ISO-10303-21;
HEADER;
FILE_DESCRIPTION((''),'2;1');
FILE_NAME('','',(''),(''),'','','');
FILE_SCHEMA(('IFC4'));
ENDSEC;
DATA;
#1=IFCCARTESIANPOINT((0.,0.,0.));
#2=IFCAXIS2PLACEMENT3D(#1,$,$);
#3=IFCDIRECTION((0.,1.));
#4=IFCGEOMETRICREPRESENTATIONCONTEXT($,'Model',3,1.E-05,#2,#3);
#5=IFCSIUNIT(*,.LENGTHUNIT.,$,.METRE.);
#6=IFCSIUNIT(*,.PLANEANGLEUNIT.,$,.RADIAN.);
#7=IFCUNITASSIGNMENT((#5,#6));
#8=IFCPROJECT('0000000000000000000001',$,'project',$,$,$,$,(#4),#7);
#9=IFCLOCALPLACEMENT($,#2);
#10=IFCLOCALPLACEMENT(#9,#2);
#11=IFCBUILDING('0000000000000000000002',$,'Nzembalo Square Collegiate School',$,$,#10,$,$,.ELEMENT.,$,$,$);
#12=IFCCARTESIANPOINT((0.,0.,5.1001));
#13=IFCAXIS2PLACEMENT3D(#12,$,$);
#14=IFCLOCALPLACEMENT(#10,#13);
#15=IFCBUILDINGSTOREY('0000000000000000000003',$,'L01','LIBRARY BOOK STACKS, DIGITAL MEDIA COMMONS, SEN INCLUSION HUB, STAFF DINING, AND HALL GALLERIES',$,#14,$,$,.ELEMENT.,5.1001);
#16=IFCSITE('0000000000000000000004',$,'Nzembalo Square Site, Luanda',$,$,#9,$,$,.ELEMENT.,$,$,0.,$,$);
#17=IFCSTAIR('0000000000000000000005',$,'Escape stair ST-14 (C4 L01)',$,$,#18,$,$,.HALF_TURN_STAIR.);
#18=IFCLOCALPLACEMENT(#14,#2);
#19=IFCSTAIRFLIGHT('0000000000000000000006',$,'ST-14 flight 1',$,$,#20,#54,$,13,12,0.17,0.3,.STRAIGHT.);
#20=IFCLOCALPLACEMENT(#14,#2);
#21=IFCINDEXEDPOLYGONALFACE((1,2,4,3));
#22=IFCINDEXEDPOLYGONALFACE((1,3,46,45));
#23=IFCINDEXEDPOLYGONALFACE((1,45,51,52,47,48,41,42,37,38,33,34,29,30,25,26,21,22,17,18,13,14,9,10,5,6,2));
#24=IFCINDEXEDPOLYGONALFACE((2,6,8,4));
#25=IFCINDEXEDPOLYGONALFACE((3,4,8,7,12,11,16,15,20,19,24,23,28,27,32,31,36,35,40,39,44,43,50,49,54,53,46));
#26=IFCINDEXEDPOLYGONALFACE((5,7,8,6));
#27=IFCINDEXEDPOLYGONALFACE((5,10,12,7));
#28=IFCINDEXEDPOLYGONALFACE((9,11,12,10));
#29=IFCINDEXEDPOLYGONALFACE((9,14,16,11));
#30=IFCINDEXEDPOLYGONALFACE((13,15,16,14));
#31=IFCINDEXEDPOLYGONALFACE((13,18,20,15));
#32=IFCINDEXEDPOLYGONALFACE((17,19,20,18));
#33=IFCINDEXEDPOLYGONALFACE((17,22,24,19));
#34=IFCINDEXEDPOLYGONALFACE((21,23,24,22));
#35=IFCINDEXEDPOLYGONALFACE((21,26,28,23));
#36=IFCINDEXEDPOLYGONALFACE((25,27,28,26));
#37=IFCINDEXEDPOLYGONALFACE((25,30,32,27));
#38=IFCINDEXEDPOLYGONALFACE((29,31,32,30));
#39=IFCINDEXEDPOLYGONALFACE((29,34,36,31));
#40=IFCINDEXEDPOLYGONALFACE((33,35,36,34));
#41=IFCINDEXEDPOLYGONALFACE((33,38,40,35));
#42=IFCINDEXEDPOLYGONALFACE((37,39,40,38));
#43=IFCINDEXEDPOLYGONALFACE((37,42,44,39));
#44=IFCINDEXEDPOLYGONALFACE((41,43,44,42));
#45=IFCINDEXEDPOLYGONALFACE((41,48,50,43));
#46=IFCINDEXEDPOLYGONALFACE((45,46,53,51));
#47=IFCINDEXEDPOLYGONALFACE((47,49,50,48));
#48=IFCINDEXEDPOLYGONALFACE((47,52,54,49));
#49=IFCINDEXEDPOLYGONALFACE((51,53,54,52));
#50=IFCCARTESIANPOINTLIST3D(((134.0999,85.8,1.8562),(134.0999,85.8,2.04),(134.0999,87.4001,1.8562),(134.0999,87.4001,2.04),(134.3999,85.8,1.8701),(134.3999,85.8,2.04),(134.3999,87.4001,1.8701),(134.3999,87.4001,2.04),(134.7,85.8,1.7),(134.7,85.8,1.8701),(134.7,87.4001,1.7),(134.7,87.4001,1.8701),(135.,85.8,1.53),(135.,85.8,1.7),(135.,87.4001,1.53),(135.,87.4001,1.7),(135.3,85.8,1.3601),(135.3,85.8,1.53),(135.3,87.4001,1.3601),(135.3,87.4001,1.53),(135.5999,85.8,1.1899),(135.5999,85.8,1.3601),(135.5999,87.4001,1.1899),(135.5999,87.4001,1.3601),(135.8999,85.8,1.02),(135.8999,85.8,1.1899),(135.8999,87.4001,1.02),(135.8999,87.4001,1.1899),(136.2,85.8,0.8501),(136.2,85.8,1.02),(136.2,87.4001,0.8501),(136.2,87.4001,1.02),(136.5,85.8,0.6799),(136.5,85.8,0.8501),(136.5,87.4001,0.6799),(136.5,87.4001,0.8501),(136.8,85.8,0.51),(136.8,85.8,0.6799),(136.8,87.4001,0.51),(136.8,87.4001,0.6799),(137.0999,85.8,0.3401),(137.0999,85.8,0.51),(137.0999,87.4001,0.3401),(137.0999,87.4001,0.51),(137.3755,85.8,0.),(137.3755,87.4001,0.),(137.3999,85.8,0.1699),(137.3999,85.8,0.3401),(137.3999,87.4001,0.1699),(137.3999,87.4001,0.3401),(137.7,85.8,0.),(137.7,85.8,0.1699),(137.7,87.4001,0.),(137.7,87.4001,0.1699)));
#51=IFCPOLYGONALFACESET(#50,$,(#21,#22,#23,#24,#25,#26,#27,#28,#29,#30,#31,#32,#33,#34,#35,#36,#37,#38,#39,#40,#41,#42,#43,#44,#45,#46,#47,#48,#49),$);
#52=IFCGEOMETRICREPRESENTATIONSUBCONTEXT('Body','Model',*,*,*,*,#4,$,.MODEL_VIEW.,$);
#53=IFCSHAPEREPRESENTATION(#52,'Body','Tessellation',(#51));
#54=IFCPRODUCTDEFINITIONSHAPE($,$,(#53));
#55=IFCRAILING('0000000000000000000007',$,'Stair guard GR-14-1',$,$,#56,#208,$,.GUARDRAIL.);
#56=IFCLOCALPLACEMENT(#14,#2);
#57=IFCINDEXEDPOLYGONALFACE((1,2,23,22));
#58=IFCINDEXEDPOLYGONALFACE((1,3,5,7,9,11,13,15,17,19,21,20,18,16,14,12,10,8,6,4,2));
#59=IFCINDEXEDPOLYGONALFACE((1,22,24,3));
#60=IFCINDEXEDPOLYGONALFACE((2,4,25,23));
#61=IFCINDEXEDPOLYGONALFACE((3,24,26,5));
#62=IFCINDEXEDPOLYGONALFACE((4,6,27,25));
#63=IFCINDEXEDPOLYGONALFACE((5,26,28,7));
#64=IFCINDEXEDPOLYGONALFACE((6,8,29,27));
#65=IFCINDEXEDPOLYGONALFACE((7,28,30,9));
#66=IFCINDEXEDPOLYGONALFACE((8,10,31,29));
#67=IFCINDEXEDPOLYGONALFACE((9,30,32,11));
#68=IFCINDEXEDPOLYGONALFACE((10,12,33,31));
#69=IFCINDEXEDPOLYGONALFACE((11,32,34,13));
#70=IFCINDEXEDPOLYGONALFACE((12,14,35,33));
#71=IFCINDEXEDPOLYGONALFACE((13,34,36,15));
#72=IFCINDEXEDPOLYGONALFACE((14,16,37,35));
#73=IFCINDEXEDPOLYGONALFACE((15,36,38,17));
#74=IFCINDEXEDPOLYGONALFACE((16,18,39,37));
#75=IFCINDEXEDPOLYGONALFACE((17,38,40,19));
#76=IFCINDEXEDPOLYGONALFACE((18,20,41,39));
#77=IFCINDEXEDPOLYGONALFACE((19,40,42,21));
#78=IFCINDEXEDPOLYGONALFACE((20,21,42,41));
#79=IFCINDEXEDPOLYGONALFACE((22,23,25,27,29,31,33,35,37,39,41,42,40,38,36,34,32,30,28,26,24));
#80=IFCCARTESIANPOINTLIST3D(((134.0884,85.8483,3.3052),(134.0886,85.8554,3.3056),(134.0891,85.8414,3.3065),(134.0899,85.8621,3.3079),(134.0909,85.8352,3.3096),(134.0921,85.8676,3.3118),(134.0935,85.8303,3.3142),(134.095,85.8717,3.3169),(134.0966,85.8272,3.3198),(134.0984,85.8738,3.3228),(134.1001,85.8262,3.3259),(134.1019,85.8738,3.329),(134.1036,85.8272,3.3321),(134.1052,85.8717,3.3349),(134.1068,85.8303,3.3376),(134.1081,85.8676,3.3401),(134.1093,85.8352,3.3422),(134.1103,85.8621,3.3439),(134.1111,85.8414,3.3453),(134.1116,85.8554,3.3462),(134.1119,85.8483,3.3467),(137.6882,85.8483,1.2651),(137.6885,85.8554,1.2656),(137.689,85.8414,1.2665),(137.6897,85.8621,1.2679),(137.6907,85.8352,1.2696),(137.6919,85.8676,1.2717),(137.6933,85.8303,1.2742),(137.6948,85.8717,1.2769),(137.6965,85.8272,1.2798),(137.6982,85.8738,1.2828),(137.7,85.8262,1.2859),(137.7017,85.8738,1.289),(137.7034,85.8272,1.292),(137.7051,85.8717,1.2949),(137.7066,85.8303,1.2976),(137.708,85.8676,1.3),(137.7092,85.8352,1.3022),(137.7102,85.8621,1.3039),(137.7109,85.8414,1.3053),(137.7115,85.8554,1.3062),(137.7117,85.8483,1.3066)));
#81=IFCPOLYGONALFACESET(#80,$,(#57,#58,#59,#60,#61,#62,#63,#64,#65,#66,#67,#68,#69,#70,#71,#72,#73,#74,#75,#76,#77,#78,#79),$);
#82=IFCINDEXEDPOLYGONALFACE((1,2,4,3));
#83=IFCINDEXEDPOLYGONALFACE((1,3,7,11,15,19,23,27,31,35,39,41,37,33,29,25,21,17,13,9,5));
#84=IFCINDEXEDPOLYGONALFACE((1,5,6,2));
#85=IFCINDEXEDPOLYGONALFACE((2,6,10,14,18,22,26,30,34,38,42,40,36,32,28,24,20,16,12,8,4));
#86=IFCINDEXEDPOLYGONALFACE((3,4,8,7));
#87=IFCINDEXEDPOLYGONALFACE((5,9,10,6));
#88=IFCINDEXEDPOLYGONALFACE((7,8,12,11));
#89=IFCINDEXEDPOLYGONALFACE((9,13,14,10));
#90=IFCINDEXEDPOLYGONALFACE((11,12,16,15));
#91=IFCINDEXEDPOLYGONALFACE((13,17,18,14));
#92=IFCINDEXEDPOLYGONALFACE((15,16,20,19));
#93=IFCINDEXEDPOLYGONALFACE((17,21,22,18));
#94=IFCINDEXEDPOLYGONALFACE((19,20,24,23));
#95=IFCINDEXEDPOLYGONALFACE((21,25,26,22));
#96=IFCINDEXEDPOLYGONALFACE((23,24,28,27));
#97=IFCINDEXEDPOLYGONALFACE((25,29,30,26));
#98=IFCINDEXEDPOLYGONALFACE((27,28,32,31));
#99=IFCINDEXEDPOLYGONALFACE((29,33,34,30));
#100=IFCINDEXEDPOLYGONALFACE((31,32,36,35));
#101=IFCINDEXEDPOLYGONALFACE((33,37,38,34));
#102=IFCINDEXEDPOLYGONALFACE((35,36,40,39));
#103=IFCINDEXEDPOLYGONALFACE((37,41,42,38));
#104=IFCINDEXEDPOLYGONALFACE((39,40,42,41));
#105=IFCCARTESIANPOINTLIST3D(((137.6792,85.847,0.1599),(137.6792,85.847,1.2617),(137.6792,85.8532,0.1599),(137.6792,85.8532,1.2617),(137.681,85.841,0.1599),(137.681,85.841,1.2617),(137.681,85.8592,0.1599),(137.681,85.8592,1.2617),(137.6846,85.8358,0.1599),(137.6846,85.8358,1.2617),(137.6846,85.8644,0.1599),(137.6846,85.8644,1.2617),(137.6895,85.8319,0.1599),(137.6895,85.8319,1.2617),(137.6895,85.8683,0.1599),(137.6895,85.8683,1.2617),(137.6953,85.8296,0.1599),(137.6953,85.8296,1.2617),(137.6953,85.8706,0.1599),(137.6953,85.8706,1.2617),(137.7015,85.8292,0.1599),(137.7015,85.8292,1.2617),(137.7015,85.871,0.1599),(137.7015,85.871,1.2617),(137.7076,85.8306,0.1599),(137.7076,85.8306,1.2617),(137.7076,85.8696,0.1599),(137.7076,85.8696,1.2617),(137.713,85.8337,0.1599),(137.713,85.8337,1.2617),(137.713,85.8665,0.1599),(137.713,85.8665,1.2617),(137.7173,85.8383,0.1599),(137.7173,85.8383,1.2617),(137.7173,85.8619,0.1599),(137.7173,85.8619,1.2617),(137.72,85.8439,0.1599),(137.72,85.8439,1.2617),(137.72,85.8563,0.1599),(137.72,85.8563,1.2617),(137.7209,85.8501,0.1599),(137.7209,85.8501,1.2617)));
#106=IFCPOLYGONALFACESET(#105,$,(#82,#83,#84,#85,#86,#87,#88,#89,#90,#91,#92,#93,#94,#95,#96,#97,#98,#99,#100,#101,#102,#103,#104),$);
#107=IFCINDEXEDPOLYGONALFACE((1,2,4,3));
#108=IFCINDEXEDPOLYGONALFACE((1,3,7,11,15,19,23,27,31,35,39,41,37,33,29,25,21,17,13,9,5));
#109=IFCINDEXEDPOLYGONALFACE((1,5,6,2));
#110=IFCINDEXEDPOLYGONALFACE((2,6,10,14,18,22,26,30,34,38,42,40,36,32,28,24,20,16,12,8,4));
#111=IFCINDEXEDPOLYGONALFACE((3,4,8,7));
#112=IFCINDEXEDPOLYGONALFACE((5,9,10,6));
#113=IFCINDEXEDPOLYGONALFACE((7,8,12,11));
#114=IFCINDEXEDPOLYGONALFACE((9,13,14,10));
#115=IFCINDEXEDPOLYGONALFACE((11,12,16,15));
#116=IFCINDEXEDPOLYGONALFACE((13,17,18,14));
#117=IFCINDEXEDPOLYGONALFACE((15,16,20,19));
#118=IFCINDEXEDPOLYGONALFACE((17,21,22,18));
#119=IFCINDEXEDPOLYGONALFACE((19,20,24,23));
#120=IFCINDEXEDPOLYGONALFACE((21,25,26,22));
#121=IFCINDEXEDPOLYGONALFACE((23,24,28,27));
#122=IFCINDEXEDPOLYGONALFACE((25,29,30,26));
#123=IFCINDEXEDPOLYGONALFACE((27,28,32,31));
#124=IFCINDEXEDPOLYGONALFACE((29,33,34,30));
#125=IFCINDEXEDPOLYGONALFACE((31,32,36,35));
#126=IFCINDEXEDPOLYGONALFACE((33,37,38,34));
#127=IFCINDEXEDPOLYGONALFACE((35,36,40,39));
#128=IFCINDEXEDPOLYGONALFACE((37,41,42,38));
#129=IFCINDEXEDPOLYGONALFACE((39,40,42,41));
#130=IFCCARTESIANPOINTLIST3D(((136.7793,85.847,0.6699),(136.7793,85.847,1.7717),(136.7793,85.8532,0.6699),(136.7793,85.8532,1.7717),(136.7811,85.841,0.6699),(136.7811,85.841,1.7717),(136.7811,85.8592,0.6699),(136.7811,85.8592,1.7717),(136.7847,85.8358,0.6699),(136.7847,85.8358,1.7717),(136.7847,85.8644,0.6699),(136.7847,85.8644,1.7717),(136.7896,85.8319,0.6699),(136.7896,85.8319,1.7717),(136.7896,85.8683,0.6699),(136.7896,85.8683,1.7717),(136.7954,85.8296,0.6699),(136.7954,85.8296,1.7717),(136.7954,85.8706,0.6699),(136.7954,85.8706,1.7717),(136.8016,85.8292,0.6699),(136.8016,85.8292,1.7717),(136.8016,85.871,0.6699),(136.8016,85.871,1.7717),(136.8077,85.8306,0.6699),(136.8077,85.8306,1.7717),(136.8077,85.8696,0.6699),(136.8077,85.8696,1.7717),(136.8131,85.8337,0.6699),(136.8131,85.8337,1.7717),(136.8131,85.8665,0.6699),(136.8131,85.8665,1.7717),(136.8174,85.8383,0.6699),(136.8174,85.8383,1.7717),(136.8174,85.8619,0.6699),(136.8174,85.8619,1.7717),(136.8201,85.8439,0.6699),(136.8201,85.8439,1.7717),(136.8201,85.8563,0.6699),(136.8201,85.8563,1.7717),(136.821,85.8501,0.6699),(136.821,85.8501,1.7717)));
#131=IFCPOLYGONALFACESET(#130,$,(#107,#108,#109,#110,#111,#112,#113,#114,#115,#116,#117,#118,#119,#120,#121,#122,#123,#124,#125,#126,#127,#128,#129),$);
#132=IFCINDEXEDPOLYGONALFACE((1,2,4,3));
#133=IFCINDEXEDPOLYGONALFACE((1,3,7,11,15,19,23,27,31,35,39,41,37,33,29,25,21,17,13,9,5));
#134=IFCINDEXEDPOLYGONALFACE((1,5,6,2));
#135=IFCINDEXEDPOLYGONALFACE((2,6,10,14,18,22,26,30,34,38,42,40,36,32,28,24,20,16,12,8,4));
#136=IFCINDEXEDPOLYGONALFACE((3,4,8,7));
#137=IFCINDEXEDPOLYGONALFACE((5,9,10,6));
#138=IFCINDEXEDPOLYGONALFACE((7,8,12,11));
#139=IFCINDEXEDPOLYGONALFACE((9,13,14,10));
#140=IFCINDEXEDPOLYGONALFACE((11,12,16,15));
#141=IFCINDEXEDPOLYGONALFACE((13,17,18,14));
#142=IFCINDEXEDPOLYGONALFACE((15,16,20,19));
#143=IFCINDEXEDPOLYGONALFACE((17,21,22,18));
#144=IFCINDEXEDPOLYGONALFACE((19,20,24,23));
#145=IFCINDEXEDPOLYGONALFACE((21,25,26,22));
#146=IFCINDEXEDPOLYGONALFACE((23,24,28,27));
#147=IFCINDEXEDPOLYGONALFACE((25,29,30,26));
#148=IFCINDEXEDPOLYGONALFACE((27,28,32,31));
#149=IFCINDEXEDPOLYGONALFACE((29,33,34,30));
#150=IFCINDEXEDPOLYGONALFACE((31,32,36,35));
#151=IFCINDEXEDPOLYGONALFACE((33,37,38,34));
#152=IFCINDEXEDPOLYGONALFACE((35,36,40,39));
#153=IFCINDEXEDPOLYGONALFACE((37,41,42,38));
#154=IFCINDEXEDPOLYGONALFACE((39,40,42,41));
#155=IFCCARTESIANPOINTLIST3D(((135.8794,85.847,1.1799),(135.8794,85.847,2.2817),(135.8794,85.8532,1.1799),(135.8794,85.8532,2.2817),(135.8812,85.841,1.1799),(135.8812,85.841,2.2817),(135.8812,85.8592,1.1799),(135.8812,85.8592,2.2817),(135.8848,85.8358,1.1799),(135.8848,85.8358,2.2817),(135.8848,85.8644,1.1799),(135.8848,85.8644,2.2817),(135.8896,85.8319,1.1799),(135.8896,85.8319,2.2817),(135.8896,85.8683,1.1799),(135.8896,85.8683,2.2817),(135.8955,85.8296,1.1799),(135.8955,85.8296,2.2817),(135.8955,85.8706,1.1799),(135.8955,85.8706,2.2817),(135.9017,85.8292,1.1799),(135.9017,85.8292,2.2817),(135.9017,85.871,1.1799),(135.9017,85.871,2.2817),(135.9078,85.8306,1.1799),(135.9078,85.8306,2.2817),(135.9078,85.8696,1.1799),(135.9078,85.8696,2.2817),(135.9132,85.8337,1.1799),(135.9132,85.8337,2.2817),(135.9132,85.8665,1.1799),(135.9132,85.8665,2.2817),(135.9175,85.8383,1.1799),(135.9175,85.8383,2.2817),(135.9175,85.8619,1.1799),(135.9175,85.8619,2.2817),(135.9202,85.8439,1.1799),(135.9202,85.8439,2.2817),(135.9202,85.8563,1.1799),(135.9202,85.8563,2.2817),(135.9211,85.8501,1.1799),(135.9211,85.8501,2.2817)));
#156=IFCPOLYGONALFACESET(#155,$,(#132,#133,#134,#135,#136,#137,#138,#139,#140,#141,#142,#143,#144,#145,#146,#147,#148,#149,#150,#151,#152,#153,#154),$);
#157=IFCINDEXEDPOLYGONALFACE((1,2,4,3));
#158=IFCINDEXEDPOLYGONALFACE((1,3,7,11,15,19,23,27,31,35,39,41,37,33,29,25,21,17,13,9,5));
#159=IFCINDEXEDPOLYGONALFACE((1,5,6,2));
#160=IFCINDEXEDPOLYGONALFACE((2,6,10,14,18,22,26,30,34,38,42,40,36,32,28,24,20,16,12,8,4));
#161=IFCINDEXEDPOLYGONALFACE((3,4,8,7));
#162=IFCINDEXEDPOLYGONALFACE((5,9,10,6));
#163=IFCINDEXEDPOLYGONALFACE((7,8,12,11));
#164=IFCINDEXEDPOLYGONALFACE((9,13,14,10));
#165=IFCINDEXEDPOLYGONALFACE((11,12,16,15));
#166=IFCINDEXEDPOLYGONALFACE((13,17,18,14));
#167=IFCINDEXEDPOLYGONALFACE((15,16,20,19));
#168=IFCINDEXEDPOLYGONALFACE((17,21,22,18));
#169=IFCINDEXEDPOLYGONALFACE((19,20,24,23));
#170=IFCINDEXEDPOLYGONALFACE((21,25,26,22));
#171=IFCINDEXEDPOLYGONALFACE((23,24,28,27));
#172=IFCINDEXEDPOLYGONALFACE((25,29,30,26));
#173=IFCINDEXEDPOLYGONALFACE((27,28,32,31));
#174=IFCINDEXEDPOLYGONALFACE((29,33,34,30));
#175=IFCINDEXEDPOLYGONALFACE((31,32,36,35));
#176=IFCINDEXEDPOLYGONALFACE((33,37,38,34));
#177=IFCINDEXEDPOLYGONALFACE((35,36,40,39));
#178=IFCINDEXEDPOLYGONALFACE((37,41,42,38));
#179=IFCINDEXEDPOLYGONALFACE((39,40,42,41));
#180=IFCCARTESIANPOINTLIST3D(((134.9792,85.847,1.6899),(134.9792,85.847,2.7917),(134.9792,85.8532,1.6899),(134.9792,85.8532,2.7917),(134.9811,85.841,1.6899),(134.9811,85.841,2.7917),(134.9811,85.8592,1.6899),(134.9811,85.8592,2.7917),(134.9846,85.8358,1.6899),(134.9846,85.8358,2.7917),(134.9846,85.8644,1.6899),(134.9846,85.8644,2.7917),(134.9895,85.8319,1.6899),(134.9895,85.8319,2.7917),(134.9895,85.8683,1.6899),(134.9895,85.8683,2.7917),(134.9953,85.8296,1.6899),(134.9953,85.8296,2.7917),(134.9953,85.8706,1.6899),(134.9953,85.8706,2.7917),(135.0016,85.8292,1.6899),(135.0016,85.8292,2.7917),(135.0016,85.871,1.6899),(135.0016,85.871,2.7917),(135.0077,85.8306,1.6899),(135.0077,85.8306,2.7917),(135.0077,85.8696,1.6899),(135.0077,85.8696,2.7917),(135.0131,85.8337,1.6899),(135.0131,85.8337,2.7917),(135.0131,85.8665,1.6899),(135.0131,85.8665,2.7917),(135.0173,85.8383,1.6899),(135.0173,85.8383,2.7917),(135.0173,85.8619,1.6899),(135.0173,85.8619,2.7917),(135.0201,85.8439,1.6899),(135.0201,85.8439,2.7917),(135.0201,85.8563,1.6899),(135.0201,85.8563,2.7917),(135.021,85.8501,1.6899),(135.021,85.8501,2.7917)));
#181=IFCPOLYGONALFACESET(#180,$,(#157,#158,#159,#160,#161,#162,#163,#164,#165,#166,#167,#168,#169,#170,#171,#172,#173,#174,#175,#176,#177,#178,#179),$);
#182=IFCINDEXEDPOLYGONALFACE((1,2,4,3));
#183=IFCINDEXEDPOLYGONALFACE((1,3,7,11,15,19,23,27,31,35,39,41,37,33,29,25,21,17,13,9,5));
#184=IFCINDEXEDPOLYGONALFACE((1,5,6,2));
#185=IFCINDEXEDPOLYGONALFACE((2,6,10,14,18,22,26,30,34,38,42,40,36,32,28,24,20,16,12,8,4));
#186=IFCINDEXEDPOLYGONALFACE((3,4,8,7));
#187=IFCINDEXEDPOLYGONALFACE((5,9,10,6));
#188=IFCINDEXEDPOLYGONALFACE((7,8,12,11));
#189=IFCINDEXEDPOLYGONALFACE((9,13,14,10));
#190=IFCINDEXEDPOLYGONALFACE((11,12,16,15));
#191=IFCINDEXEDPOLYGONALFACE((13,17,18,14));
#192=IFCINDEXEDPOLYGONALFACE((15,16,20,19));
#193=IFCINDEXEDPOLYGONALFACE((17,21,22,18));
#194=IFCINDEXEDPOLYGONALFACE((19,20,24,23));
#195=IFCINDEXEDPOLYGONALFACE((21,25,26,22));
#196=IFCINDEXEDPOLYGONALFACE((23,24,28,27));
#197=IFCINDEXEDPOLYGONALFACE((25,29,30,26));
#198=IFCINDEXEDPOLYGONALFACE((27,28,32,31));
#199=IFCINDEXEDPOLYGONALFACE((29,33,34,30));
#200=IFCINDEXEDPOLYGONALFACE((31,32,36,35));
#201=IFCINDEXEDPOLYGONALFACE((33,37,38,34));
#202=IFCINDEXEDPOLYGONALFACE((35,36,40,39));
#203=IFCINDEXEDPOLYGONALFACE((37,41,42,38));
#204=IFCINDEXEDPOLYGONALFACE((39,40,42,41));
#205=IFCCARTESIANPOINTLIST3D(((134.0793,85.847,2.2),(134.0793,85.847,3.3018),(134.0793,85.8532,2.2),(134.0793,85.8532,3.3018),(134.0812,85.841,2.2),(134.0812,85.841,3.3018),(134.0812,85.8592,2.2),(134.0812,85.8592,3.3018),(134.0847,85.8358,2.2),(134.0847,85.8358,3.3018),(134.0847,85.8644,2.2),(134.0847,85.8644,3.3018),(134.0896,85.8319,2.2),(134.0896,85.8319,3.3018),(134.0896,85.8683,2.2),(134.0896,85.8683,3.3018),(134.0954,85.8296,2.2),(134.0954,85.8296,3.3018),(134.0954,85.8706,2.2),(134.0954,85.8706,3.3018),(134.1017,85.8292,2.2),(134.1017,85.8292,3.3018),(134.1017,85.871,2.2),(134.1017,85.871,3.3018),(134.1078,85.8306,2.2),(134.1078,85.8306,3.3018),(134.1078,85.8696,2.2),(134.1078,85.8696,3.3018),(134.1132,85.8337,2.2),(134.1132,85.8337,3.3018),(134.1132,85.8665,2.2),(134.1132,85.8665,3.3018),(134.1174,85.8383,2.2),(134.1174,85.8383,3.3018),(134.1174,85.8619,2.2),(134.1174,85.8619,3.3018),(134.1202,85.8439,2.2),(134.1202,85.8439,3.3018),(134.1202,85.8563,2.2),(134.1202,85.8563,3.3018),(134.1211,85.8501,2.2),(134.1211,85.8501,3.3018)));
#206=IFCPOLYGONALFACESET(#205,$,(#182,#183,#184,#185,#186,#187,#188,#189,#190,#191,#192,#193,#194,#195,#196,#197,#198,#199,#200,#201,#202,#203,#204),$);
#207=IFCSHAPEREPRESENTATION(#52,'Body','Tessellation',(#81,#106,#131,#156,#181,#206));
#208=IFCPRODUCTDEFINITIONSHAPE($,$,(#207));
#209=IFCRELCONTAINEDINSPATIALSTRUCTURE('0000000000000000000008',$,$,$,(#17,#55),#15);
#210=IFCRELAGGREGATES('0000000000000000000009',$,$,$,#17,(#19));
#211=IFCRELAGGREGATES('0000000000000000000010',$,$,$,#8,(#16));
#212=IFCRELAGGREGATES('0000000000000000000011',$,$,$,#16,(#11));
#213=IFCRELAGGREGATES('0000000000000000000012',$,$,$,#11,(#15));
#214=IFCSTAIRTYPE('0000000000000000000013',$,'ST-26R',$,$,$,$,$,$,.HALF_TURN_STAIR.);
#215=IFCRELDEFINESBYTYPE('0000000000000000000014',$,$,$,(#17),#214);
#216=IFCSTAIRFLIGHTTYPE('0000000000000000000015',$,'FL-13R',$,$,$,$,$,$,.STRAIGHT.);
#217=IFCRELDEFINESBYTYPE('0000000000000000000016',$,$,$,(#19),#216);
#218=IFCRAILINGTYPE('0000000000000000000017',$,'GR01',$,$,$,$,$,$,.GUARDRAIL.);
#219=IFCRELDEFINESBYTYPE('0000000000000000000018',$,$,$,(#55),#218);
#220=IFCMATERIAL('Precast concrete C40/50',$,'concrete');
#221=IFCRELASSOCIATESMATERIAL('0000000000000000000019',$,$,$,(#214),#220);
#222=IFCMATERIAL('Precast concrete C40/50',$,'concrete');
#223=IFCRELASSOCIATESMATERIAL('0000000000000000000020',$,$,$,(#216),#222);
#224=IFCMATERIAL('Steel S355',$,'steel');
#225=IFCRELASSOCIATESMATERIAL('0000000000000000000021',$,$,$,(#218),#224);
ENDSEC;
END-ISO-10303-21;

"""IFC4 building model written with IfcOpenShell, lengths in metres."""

from ifc_helpers import new_model, si_unit, direction, frame, origin, origin_2d, place, context, subcontext, project, spatial, polyline, circle, outline, extrude, material, type_object, element, aggregate, save


model = new_model("IFC4")

# Units and contexts
model_context = context("Model", 3, precision=1e-05, world=origin(), true_north=direction((0.0, 1.0)))
body_context = subcontext(model_context, "Body", "Model", "MODEL_VIEW")
ifc_project = project(units=[si_unit("LENGTHUNIT", "METRE"), si_unit("PLANEANGLEUNIT", "RADIAN")], contexts=[model_context])

# Site, building, storey
site_placement = place(None, origin())
site = spatial("IfcSite", under=ifc_project, at=site_placement, Name="Nzembalo Square Site, Luanda", CompositionType="ELEMENT", RefElevation=0.0)
building_placement = place(site_placement, origin())
building = spatial("IfcBuilding", under=site, at=building_placement, Name="Nzembalo Square Collegiate School", CompositionType="ELEMENT")
storey_placement = place(building_placement, frame((0.0, 0.0, 5.1001)))
storey = spatial("IfcBuildingStorey", under=building, at=storey_placement, Name="L01", Description="LIBRARY BOOK STACKS, DIGITAL MEDIA COMMONS, SEN INCLUSION HUB, STAFF DINING, AND HALL GALLERIES", CompositionType="ELEMENT", Elevation=5.1001)

# Stair, stair flight
ifc_material_1 = material(Name="Precast concrete C40/50", Category="concrete")
stair_type = type_object("IfcStairType", Name="ST-26R", PredefinedType="HALF_TURN_STAIR", material=ifc_material_1)
stair_placement = place(storey_placement, origin())
stair = element("IfcStair", 1, at=stair_placement, inside=storey, type_object=stair_type, Name="Escape stair ST-14 (C4 L01)", PredefinedType="HALF_TURN_STAIR")
ifc_material_2 = material(Name="Precast concrete C40/50", Category="concrete")
stair_flight_type = type_object("IfcStairFlightType", Name="FL-13R", PredefinedType="STRAIGHT", material=ifc_material_2)
stair_flight_placement = place(storey_placement, frame((137.7, 86.6001, 0.0), z_axis=(0.0, 0.0, 1.0), x_axis=(-1.0, 0.0, 0.0)))
stair_flight = element("IfcStairFlight", 2, at=stair_flight_placement, type_object=stair_flight_type, Name="ST-14 flight 1", NumberOfRisers=13, NumberOfTreads=12, PredefinedType="STRAIGHT", RiserHeight=0.17, TreadLength=0.3, context=body_context, shape_type="SweptSolid", body=[
    extrude(outline(polyline([(0.0, 0.0), (0.0, 0.1699), (0.3, 0.1699), (0.3, 0.3401), (0.6001, 0.3401), (0.6001, 0.51), (0.8999, 0.51), (0.8999, 0.6799), (1.2, 0.6799), (1.2, 0.8501), (1.5, 0.8501), (1.5, 1.02), (1.8, 1.02), (1.8, 1.1899), (2.1001, 1.1899), (2.1001, 1.3601), (2.3999, 1.3601), (2.3999, 1.53), (2.7, 1.53), (2.7, 1.7), (3.0, 1.7), (3.0, 1.8701), (3.3, 1.8701), (3.3, 2.04), (3.6001, 2.04), (3.6001, 2.21), (3.6001, 1.8562), (0.3245, 0.0), (0.0, 0.0)])), frame((0.0, 0.8, 0.0), z_axis=(0.0, -1.0, 0.0), x_axis=(1.0, 0.0, 0.0)), (0.0, 0.0, 1.0), 1.6001),
])
aggregate(stair, [stair_flight])

# Railing
ifc_material_3 = material(Name="Steel S355", Category="steel")
railing_type_1 = type_object("IfcRailingType", Name="GR01", PredefinedType="GUARDRAIL", material=ifc_material_3)
railing_1_placement = place(storey_placement, frame((137.7, 85.8501, 0.1599)))
element("IfcRailing", 3, at=railing_1_placement, inside=storey, type_object=railing_type_1, Name="Stair guard GR-14-1", PredefinedType="GUARDRAIL", context=body_context, shape_type="SweptSolid", body=[
    extrude(circle(Radius=0.0239, at=origin_2d()), frame((0.0, 0.0, 1.126), z_axis=(-0.87001, 0.0, 0.493035), x_axis=(0.0, -1.0, 0.0)), (0.0, 0.0, 1.0), 4.1377),
    extrude(circle(Radius=0.021, at=origin_2d()), origin(), (0.0, 0.0, 1.0), 1.1018),
    extrude(circle(Radius=0.021, at=origin_2d()), frame((-0.8999, 0.0, 0.51)), (0.0, 0.0, 1.0), 1.1018),
    extrude(circle(Radius=0.021, at=origin_2d()), frame((-1.7998, 0.0, 1.02)), (0.0, 0.0, 1.0), 1.1018),
    extrude(circle(Radius=0.021, at=origin_2d()), frame((-2.7, 0.0, 1.53)), (0.0, 0.0, 1.0), 1.1018),
    extrude(circle(Radius=0.021, at=origin_2d()), frame((-3.5999, 0.0, 2.04)), (0.0, 0.0, 1.0), 1.1018),
])

save(model, "model.ifc")
